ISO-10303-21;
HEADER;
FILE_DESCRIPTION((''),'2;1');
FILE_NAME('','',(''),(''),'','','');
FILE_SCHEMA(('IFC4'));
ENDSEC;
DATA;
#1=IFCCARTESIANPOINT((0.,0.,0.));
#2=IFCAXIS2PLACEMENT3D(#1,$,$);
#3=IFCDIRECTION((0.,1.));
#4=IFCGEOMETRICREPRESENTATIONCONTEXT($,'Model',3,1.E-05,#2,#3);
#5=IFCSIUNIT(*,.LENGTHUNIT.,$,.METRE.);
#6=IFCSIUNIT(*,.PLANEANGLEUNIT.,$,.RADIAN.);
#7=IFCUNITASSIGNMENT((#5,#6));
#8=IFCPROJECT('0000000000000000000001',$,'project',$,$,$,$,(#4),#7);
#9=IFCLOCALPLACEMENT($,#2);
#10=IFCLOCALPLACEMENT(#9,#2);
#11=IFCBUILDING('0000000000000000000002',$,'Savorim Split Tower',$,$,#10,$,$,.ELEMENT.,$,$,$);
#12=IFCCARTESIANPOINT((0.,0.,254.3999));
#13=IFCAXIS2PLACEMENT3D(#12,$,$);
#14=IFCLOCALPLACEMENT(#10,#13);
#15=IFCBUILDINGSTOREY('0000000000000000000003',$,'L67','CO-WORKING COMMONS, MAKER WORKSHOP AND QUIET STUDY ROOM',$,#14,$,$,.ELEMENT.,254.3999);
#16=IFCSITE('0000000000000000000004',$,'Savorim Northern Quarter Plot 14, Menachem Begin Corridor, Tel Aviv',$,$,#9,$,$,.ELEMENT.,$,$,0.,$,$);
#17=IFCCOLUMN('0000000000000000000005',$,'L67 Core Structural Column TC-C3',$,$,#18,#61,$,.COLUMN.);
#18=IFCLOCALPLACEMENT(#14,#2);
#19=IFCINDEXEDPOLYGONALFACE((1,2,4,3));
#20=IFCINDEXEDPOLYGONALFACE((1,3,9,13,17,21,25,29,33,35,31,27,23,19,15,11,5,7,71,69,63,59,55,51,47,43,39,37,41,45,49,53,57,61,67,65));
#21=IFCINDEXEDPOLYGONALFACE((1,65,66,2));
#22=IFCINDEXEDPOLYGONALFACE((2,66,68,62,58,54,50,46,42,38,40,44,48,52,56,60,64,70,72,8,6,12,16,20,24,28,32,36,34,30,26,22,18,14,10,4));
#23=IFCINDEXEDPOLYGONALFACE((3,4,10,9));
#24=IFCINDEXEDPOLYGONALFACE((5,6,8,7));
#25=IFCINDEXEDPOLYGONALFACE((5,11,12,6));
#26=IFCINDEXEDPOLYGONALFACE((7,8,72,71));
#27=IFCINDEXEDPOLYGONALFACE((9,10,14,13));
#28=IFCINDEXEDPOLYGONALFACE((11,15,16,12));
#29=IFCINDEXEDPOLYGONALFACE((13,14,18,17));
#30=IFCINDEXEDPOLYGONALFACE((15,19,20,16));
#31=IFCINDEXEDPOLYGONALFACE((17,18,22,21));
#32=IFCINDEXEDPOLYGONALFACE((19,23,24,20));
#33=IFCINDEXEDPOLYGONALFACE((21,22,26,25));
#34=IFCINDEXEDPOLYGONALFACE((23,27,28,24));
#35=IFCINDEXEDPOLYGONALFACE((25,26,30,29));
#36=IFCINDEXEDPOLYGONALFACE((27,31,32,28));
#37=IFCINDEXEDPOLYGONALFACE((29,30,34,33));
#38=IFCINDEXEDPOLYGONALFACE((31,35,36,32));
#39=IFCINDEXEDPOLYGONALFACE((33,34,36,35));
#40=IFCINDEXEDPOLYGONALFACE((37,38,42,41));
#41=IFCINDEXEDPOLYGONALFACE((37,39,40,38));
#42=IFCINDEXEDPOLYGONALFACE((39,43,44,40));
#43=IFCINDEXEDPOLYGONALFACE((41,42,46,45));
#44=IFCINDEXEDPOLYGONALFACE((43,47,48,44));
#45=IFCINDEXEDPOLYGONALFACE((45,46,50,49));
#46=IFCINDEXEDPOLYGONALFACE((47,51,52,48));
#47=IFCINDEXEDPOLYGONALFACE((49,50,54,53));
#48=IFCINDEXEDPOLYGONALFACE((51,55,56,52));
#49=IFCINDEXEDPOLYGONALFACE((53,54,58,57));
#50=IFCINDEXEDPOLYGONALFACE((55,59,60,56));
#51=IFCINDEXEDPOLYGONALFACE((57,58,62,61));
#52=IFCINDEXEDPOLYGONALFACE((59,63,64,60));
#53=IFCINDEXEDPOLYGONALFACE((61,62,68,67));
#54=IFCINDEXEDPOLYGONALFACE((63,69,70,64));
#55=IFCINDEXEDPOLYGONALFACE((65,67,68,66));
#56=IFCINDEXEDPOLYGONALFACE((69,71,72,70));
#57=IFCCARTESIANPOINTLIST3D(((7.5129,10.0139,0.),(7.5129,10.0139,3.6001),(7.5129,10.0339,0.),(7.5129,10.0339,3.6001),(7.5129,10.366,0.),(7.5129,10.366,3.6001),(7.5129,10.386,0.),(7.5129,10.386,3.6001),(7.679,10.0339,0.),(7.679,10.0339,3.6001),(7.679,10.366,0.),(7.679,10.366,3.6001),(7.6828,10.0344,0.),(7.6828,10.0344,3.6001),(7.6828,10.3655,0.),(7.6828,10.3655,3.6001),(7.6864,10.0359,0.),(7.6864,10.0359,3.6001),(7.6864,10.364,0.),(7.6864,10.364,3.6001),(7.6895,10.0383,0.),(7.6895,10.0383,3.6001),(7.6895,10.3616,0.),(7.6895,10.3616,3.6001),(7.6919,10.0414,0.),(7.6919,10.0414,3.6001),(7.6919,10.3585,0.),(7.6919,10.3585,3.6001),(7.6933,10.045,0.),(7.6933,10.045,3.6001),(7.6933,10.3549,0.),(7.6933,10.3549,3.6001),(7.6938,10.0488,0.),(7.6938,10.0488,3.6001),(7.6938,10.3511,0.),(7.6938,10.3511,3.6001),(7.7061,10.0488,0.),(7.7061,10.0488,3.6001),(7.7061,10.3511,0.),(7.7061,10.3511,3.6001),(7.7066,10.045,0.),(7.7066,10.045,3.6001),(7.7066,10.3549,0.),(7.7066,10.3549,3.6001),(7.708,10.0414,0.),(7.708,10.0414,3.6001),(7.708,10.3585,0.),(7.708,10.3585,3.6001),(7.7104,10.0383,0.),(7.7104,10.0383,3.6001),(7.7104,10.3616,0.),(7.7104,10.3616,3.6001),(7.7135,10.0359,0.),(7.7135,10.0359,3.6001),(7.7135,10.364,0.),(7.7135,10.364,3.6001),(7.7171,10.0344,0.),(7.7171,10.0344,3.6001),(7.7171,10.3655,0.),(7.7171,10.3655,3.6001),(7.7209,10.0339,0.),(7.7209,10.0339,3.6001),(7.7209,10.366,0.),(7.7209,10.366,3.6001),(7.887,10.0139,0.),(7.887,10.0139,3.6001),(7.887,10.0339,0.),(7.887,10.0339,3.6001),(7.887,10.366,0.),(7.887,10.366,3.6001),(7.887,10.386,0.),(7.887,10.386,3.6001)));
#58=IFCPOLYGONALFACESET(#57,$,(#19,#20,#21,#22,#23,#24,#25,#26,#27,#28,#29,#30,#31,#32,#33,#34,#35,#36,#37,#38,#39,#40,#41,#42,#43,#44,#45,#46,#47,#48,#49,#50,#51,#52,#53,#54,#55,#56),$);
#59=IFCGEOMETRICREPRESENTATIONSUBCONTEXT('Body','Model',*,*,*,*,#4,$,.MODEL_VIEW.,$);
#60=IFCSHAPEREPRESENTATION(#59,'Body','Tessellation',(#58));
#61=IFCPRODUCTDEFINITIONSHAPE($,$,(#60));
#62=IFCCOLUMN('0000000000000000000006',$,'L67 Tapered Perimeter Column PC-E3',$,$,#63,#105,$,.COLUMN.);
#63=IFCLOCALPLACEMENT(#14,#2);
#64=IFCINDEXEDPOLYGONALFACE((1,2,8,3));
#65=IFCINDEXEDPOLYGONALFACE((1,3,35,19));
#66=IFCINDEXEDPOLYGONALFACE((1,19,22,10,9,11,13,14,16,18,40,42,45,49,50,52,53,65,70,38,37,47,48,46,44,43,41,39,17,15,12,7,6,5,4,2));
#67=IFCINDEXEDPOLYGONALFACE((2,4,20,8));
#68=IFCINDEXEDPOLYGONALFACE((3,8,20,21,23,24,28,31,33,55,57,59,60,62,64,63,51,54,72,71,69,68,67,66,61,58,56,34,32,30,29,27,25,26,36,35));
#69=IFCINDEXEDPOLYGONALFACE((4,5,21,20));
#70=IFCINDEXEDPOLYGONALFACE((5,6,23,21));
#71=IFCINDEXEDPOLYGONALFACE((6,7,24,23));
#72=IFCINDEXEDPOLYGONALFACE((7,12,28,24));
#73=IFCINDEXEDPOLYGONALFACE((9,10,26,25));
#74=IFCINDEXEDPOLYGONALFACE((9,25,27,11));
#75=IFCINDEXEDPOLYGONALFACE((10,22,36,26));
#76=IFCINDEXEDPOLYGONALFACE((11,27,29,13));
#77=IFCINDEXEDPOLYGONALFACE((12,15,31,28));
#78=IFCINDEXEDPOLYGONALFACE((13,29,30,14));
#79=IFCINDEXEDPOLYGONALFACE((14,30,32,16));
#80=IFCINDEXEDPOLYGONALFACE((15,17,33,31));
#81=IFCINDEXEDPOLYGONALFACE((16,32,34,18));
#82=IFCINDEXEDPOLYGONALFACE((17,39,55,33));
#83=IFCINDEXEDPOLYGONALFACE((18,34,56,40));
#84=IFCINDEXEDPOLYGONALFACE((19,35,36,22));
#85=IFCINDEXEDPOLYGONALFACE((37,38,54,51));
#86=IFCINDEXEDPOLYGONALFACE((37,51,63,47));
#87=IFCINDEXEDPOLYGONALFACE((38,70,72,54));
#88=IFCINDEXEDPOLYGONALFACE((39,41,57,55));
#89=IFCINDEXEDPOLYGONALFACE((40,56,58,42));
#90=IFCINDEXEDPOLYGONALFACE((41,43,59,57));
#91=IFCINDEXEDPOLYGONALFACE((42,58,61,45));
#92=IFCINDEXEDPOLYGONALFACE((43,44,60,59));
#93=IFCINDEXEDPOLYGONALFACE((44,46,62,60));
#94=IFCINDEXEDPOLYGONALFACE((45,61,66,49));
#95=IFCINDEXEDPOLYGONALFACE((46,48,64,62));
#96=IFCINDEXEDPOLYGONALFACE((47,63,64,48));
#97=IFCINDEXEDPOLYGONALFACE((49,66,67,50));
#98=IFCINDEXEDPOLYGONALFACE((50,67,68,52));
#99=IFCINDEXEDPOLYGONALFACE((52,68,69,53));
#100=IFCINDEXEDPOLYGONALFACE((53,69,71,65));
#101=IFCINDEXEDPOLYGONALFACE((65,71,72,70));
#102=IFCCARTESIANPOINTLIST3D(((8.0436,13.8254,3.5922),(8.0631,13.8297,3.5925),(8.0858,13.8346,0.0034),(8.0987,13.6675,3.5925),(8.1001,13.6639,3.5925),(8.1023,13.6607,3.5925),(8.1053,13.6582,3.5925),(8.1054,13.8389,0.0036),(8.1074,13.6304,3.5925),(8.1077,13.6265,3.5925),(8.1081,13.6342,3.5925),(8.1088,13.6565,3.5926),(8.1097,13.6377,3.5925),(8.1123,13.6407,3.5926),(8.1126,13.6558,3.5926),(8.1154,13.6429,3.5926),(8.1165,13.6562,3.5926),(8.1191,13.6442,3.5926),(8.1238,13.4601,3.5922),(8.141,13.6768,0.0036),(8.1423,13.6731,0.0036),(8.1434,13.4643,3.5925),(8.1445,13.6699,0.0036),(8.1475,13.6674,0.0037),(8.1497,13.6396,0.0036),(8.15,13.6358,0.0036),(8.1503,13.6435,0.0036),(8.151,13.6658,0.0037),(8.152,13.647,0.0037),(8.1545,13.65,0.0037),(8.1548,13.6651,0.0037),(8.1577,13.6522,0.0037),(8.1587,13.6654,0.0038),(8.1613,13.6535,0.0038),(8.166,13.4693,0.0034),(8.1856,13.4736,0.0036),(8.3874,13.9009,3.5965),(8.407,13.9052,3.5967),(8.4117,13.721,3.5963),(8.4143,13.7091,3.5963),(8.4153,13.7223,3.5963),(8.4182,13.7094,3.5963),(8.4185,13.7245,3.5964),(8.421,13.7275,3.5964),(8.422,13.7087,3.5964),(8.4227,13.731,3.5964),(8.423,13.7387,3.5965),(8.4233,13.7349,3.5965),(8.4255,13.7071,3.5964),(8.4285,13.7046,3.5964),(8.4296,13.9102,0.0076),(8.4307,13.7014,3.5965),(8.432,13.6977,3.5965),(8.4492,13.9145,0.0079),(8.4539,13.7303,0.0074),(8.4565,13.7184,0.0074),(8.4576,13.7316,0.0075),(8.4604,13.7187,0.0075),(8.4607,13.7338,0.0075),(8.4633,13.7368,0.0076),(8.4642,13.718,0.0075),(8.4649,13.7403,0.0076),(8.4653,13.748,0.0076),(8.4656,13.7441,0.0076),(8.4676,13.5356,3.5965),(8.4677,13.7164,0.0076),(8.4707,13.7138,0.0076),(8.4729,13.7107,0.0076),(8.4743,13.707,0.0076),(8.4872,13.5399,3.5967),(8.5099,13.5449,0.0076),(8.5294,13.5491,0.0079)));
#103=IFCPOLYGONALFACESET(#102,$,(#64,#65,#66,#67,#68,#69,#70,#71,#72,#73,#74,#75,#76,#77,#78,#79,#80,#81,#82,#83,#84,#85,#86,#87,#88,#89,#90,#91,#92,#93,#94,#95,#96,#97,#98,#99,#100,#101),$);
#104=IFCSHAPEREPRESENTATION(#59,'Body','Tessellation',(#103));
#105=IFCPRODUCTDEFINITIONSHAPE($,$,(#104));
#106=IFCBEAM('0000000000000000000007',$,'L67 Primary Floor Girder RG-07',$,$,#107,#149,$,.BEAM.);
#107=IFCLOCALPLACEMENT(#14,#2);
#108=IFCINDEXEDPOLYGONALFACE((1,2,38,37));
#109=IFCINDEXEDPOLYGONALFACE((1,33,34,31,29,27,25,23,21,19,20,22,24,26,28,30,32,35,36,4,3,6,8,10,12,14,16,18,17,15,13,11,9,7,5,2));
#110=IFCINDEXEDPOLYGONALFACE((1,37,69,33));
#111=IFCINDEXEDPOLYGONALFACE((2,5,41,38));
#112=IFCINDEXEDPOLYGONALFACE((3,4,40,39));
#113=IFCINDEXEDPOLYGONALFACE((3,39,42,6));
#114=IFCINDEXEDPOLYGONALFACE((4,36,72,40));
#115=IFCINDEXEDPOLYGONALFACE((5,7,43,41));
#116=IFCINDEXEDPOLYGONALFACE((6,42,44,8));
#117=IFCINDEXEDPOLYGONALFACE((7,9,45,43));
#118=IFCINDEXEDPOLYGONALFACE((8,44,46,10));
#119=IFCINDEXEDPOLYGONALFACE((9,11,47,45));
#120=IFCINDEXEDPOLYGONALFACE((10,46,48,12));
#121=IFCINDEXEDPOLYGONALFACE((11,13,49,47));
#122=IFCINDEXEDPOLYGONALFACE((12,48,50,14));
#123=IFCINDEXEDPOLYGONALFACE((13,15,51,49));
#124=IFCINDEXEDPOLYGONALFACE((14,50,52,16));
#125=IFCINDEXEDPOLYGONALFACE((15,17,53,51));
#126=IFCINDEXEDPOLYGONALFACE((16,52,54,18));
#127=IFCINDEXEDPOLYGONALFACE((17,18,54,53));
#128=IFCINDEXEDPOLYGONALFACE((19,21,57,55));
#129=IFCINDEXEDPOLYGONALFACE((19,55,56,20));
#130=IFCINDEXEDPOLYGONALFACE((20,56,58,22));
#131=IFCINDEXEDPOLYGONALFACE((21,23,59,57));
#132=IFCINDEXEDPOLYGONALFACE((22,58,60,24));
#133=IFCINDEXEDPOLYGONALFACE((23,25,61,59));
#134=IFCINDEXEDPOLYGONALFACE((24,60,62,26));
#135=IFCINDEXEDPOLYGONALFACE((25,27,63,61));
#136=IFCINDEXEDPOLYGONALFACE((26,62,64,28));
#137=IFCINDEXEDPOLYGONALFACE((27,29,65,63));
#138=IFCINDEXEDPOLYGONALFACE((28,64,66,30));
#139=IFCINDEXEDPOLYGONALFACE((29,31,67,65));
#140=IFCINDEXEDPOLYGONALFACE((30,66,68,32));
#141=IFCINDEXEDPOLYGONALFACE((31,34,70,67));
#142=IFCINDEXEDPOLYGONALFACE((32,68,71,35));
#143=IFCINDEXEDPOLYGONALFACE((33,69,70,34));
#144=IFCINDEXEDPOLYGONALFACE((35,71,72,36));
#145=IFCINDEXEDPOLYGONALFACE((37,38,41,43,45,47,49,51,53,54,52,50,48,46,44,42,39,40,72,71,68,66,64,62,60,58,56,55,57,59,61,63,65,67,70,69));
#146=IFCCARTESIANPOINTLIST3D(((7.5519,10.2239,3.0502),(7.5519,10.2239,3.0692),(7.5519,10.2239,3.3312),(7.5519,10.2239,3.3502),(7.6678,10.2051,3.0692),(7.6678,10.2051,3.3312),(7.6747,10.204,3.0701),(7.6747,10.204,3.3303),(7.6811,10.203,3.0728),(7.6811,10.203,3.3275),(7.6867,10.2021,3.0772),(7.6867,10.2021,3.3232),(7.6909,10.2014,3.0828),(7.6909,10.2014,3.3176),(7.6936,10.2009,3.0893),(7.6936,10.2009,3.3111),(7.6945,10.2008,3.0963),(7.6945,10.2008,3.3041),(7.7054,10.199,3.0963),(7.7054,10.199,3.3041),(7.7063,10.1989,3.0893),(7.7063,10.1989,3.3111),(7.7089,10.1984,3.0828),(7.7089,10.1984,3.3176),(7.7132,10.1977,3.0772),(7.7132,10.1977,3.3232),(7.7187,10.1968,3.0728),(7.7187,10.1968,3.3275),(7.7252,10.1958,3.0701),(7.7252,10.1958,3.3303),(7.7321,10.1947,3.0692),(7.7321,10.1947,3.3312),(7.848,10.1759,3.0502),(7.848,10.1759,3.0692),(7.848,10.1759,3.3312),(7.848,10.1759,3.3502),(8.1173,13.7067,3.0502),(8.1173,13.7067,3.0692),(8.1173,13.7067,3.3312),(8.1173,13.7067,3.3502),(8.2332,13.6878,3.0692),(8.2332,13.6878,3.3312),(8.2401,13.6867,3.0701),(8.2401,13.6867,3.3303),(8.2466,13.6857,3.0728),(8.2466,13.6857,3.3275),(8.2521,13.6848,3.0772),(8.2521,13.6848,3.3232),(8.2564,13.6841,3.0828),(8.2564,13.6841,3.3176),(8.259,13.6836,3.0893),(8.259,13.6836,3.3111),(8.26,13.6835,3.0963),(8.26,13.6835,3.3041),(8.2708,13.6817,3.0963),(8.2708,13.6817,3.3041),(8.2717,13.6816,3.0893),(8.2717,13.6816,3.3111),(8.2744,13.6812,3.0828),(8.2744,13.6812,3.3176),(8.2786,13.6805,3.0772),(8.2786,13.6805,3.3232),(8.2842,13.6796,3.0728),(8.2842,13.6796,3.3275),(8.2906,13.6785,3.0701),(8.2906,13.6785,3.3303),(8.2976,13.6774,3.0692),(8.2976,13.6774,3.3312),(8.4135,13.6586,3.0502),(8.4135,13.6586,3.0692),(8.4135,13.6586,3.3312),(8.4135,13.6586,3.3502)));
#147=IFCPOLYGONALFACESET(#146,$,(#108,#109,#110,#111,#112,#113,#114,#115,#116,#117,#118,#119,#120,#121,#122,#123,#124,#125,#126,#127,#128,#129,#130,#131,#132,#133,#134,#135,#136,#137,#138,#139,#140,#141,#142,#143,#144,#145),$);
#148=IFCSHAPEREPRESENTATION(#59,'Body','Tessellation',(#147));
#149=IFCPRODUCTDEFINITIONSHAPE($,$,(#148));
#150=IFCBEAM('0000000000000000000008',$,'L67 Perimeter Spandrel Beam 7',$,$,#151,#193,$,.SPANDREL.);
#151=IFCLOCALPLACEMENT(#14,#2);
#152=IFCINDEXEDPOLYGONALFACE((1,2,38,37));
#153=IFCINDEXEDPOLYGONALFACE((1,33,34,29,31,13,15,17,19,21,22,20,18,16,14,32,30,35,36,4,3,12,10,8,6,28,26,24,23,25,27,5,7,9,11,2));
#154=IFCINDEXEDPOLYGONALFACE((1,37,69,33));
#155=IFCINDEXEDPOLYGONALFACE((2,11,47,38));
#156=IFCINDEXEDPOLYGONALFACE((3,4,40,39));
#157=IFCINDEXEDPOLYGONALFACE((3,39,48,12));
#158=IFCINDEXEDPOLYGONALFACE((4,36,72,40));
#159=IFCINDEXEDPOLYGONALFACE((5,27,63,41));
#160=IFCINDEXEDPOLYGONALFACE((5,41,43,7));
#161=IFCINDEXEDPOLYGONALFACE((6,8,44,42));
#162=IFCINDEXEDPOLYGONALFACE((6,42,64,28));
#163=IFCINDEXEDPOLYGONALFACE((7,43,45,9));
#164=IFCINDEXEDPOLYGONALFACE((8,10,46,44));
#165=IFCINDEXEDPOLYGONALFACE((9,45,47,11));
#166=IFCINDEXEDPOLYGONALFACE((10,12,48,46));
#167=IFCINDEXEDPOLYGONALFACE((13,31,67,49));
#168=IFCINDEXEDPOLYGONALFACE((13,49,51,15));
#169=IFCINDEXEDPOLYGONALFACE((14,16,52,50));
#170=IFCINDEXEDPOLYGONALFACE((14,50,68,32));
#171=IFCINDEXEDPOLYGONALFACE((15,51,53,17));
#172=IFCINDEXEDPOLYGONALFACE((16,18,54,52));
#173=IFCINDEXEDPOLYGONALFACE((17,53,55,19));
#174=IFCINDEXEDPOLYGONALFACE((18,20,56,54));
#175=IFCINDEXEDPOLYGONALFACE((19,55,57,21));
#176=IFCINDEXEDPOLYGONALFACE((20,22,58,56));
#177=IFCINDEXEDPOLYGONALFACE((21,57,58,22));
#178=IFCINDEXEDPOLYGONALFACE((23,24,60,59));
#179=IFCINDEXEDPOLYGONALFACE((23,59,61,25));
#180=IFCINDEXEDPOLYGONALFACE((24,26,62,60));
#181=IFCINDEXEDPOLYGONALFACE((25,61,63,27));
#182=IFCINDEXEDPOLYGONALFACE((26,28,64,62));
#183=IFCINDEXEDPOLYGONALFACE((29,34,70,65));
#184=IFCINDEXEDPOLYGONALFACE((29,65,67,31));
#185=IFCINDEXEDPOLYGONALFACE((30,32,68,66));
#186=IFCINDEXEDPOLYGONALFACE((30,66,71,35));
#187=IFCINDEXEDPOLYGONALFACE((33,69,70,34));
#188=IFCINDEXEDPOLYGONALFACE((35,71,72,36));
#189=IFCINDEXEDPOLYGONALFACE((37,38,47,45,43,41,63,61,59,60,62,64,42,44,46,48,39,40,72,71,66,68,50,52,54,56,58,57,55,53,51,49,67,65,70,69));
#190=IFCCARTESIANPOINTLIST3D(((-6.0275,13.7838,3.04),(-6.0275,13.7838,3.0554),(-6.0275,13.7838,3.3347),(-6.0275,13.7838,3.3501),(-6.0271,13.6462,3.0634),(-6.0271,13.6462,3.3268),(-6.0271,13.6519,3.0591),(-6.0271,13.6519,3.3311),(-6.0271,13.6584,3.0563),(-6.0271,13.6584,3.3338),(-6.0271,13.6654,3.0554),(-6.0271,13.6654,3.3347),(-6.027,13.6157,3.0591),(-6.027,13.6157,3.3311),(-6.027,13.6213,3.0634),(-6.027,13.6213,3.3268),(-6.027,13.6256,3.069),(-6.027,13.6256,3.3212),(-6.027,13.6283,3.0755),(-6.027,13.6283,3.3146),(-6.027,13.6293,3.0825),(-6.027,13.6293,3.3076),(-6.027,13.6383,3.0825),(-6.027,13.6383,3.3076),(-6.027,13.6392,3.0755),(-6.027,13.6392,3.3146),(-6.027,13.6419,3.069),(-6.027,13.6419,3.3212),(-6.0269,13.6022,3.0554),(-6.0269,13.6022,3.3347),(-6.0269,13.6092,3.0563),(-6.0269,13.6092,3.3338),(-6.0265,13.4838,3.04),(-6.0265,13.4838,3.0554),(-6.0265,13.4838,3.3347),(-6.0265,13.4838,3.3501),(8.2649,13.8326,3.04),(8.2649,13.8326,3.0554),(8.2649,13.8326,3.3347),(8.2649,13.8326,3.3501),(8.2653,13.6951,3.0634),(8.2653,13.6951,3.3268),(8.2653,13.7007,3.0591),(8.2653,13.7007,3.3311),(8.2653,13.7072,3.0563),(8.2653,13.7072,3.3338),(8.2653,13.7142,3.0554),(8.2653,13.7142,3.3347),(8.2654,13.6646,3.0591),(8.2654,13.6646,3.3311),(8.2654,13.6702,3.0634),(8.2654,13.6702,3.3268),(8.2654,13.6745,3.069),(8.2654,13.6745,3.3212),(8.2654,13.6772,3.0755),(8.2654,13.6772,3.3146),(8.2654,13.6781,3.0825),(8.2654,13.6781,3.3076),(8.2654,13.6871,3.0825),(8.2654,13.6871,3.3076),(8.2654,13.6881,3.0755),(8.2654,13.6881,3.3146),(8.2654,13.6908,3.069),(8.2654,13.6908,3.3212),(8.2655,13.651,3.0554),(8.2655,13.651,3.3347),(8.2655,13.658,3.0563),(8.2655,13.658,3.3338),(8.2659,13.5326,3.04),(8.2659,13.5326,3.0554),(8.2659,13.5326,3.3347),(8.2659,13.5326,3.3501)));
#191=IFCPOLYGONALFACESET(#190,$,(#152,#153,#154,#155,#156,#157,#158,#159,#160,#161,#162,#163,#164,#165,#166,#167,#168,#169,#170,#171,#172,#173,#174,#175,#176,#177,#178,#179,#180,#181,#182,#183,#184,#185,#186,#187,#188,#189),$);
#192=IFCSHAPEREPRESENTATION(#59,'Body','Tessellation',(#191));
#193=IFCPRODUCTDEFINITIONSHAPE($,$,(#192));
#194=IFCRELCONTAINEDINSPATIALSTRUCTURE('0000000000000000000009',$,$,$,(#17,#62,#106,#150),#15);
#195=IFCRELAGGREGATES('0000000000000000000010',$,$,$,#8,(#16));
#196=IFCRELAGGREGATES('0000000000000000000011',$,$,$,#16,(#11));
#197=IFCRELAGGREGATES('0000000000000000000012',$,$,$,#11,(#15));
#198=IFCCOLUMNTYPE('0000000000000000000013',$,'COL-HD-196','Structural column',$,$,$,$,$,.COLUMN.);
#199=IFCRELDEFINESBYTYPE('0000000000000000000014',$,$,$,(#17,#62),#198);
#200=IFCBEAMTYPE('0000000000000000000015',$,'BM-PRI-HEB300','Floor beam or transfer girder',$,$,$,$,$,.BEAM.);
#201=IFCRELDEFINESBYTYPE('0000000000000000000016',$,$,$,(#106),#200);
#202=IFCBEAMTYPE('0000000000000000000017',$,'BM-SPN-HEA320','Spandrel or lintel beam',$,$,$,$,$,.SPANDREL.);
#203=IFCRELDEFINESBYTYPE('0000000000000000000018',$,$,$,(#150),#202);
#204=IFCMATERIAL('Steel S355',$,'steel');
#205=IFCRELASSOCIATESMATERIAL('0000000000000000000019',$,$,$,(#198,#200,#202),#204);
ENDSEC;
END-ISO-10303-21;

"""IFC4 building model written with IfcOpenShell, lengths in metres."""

from ifc_helpers import new_model, si_unit, direction, frame, origin, origin_2d, place, context, subcontext, project, spatial, i_section, extrude, material, material_profile, profile_set, type_object, element, save


model = new_model("IFC4")

# Units and contexts
model_context = context("Model", 3, precision=1e-05, world=origin(), true_north=direction((0.0, 1.0)))
body_context = subcontext(model_context, "Body", "Model", "MODEL_VIEW")
ifc_project = project(units=[si_unit("LENGTHUNIT", "METRE"), si_unit("PLANEANGLEUNIT", "RADIAN")], contexts=[model_context])

# Site, building, storey
site_placement = place(None, origin())
site = spatial("IfcSite", under=ifc_project, at=site_placement, Name="Savorim Northern Quarter Plot 14, Menachem Begin Corridor, Tel Aviv", CompositionType="ELEMENT", RefElevation=0.0)
building_placement = place(site_placement, origin())
building = spatial("IfcBuilding", under=site, at=building_placement, Name="Savorim Split Tower", CompositionType="ELEMENT")
storey_placement = place(building_placement, frame((0.0, 0.0, 254.3999)))
storey = spatial("IfcBuildingStorey", under=building, at=storey_placement, Name="L67", Description="CO-WORKING COMMONS, MAKER WORKSHOP AND QUIET STUDY ROOM", CompositionType="ELEMENT", Elevation=254.3999)

# Columns
ifc_material_1 = material(Name="Steel S355", Category="steel")
ifc_material_profile_1 = material_profile(ifc_material_1, i_section(OverallWidth=0.374, OverallDepth=0.3721, WebThickness=0.0122, FlangeThickness=0.02, FilletRadius=0.0149, at=origin_2d()), Name="HD 360x196")
ifc_profile_set_1 = profile_set([ifc_material_profile_1], Name="Steel S355")
column_type = type_object("IfcColumnType", Name="COL-HD-196", Description="Structural column", PredefinedType="COLUMN", material=ifc_profile_set_1)
column_1_placement = place(storey_placement, frame((7.7, 10.2, 0.0), z_axis=(0.0, 0.0, 1.0), x_axis=(1.0, 0.0, 0.0)))
element("IfcColumn", 1, at=column_1_placement, inside=storey, type_object=column_type, Name="L67 Core Structural Column TC-C3", PredefinedType="COLUMN", context=body_context, shape_type="SweptSolid", body=[
    extrude(i_section(OverallWidth=0.374, OverallDepth=0.3721, WebThickness=0.0122, FlangeThickness=0.02, FilletRadius=0.0149, at=origin_2d()), origin(), (0.0, 0.0, 1.0), 3.6001),
])
column_2_placement = place(storey_placement, frame((8.3076, 13.6919, 0.0056), z_axis=(-0.011768, -0.002585, 0.999927), x_axis=(0.214539, -0.976715, 0.0)))
element("IfcColumn", 2, at=column_2_placement, inside=storey, type_object=column_type, Name="L67 Tapered Perimeter Column PC-E3", PredefinedType="COLUMN", context=body_context, shape_type="SweptSolid", body=[
    extrude(i_section(OverallWidth=0.374, OverallDepth=0.3721, WebThickness=0.0122, FlangeThickness=0.02, FilletRadius=0.0149, at=origin_2d()), origin(), (0.0, 0.0, 1.0), 3.5891),
])

# Beams
ifc_material_profile_2 = material_profile(ifc_material_1, i_section(OverallWidth=0.3, OverallDepth=0.3, WebThickness=0.011, FlangeThickness=0.019, FilletRadius=0.0271, at=origin_2d()), Name="HEB 300")
ifc_profile_set_2 = profile_set([ifc_material_profile_2], Name="Steel S355")
beam_type_1 = type_object("IfcBeamType", Name="BM-PRI-HEB300", Description="Floor beam or transfer girder", PredefinedType="BEAM", material=ifc_profile_set_2)
beam_1_placement = place(storey_placement, frame((8.2654, 13.6826, 3.2002), z_axis=(-0.160257, -0.987075, 0.0), x_axis=(0.987075, -0.160257, 0.0)))
element("IfcBeam", 3, at=beam_1_placement, inside=storey, type_object=beam_type_1, Name="L67 Primary Floor Girder RG-07", PredefinedType="BEAM", context=body_context, shape_type="SweptSolid", body=[
    extrude(i_section(OverallWidth=0.3, OverallDepth=0.3, WebThickness=0.011, FlangeThickness=0.019, FilletRadius=0.0271, at=origin_2d()), origin(), (0.0, 0.0, 1.0), 3.5283),
])
ifc_material_profile_3 = material_profile(ifc_material_1, i_section(OverallWidth=0.3, OverallDepth=0.3101, WebThickness=0.009, FlangeThickness=0.0154, FilletRadius=0.0271, at=origin_2d()), Name="HEA 320")
ifc_profile_set_3 = profile_set([ifc_material_profile_3], Name="Steel S355")
beam_type_2 = type_object("IfcBeamType", Name="BM-SPN-HEA320", Description="Spandrel or lintel beam", PredefinedType="SPANDREL", material=ifc_profile_set_3)
beam_2_placement = place(storey_placement, frame((8.2654, 13.6826, 3.1951), z_axis=(-0.999994, -0.003416, 0.0), x_axis=(0.003416, -0.999994, 0.0)))
element("IfcBeam", 4, at=beam_2_placement, inside=storey, type_object=beam_type_2, Name="L67 Perimeter Spandrel Beam 7", PredefinedType="SPANDREL", context=body_context, shape_type="SweptSolid", body=[
    extrude(i_section(OverallWidth=0.3, OverallDepth=0.3101, WebThickness=0.009, FlangeThickness=0.0154, FilletRadius=0.0271, at=origin_2d()), origin(), (0.0, 0.0, 1.0), 14.2925),
])

save(model, "model.ifc")
